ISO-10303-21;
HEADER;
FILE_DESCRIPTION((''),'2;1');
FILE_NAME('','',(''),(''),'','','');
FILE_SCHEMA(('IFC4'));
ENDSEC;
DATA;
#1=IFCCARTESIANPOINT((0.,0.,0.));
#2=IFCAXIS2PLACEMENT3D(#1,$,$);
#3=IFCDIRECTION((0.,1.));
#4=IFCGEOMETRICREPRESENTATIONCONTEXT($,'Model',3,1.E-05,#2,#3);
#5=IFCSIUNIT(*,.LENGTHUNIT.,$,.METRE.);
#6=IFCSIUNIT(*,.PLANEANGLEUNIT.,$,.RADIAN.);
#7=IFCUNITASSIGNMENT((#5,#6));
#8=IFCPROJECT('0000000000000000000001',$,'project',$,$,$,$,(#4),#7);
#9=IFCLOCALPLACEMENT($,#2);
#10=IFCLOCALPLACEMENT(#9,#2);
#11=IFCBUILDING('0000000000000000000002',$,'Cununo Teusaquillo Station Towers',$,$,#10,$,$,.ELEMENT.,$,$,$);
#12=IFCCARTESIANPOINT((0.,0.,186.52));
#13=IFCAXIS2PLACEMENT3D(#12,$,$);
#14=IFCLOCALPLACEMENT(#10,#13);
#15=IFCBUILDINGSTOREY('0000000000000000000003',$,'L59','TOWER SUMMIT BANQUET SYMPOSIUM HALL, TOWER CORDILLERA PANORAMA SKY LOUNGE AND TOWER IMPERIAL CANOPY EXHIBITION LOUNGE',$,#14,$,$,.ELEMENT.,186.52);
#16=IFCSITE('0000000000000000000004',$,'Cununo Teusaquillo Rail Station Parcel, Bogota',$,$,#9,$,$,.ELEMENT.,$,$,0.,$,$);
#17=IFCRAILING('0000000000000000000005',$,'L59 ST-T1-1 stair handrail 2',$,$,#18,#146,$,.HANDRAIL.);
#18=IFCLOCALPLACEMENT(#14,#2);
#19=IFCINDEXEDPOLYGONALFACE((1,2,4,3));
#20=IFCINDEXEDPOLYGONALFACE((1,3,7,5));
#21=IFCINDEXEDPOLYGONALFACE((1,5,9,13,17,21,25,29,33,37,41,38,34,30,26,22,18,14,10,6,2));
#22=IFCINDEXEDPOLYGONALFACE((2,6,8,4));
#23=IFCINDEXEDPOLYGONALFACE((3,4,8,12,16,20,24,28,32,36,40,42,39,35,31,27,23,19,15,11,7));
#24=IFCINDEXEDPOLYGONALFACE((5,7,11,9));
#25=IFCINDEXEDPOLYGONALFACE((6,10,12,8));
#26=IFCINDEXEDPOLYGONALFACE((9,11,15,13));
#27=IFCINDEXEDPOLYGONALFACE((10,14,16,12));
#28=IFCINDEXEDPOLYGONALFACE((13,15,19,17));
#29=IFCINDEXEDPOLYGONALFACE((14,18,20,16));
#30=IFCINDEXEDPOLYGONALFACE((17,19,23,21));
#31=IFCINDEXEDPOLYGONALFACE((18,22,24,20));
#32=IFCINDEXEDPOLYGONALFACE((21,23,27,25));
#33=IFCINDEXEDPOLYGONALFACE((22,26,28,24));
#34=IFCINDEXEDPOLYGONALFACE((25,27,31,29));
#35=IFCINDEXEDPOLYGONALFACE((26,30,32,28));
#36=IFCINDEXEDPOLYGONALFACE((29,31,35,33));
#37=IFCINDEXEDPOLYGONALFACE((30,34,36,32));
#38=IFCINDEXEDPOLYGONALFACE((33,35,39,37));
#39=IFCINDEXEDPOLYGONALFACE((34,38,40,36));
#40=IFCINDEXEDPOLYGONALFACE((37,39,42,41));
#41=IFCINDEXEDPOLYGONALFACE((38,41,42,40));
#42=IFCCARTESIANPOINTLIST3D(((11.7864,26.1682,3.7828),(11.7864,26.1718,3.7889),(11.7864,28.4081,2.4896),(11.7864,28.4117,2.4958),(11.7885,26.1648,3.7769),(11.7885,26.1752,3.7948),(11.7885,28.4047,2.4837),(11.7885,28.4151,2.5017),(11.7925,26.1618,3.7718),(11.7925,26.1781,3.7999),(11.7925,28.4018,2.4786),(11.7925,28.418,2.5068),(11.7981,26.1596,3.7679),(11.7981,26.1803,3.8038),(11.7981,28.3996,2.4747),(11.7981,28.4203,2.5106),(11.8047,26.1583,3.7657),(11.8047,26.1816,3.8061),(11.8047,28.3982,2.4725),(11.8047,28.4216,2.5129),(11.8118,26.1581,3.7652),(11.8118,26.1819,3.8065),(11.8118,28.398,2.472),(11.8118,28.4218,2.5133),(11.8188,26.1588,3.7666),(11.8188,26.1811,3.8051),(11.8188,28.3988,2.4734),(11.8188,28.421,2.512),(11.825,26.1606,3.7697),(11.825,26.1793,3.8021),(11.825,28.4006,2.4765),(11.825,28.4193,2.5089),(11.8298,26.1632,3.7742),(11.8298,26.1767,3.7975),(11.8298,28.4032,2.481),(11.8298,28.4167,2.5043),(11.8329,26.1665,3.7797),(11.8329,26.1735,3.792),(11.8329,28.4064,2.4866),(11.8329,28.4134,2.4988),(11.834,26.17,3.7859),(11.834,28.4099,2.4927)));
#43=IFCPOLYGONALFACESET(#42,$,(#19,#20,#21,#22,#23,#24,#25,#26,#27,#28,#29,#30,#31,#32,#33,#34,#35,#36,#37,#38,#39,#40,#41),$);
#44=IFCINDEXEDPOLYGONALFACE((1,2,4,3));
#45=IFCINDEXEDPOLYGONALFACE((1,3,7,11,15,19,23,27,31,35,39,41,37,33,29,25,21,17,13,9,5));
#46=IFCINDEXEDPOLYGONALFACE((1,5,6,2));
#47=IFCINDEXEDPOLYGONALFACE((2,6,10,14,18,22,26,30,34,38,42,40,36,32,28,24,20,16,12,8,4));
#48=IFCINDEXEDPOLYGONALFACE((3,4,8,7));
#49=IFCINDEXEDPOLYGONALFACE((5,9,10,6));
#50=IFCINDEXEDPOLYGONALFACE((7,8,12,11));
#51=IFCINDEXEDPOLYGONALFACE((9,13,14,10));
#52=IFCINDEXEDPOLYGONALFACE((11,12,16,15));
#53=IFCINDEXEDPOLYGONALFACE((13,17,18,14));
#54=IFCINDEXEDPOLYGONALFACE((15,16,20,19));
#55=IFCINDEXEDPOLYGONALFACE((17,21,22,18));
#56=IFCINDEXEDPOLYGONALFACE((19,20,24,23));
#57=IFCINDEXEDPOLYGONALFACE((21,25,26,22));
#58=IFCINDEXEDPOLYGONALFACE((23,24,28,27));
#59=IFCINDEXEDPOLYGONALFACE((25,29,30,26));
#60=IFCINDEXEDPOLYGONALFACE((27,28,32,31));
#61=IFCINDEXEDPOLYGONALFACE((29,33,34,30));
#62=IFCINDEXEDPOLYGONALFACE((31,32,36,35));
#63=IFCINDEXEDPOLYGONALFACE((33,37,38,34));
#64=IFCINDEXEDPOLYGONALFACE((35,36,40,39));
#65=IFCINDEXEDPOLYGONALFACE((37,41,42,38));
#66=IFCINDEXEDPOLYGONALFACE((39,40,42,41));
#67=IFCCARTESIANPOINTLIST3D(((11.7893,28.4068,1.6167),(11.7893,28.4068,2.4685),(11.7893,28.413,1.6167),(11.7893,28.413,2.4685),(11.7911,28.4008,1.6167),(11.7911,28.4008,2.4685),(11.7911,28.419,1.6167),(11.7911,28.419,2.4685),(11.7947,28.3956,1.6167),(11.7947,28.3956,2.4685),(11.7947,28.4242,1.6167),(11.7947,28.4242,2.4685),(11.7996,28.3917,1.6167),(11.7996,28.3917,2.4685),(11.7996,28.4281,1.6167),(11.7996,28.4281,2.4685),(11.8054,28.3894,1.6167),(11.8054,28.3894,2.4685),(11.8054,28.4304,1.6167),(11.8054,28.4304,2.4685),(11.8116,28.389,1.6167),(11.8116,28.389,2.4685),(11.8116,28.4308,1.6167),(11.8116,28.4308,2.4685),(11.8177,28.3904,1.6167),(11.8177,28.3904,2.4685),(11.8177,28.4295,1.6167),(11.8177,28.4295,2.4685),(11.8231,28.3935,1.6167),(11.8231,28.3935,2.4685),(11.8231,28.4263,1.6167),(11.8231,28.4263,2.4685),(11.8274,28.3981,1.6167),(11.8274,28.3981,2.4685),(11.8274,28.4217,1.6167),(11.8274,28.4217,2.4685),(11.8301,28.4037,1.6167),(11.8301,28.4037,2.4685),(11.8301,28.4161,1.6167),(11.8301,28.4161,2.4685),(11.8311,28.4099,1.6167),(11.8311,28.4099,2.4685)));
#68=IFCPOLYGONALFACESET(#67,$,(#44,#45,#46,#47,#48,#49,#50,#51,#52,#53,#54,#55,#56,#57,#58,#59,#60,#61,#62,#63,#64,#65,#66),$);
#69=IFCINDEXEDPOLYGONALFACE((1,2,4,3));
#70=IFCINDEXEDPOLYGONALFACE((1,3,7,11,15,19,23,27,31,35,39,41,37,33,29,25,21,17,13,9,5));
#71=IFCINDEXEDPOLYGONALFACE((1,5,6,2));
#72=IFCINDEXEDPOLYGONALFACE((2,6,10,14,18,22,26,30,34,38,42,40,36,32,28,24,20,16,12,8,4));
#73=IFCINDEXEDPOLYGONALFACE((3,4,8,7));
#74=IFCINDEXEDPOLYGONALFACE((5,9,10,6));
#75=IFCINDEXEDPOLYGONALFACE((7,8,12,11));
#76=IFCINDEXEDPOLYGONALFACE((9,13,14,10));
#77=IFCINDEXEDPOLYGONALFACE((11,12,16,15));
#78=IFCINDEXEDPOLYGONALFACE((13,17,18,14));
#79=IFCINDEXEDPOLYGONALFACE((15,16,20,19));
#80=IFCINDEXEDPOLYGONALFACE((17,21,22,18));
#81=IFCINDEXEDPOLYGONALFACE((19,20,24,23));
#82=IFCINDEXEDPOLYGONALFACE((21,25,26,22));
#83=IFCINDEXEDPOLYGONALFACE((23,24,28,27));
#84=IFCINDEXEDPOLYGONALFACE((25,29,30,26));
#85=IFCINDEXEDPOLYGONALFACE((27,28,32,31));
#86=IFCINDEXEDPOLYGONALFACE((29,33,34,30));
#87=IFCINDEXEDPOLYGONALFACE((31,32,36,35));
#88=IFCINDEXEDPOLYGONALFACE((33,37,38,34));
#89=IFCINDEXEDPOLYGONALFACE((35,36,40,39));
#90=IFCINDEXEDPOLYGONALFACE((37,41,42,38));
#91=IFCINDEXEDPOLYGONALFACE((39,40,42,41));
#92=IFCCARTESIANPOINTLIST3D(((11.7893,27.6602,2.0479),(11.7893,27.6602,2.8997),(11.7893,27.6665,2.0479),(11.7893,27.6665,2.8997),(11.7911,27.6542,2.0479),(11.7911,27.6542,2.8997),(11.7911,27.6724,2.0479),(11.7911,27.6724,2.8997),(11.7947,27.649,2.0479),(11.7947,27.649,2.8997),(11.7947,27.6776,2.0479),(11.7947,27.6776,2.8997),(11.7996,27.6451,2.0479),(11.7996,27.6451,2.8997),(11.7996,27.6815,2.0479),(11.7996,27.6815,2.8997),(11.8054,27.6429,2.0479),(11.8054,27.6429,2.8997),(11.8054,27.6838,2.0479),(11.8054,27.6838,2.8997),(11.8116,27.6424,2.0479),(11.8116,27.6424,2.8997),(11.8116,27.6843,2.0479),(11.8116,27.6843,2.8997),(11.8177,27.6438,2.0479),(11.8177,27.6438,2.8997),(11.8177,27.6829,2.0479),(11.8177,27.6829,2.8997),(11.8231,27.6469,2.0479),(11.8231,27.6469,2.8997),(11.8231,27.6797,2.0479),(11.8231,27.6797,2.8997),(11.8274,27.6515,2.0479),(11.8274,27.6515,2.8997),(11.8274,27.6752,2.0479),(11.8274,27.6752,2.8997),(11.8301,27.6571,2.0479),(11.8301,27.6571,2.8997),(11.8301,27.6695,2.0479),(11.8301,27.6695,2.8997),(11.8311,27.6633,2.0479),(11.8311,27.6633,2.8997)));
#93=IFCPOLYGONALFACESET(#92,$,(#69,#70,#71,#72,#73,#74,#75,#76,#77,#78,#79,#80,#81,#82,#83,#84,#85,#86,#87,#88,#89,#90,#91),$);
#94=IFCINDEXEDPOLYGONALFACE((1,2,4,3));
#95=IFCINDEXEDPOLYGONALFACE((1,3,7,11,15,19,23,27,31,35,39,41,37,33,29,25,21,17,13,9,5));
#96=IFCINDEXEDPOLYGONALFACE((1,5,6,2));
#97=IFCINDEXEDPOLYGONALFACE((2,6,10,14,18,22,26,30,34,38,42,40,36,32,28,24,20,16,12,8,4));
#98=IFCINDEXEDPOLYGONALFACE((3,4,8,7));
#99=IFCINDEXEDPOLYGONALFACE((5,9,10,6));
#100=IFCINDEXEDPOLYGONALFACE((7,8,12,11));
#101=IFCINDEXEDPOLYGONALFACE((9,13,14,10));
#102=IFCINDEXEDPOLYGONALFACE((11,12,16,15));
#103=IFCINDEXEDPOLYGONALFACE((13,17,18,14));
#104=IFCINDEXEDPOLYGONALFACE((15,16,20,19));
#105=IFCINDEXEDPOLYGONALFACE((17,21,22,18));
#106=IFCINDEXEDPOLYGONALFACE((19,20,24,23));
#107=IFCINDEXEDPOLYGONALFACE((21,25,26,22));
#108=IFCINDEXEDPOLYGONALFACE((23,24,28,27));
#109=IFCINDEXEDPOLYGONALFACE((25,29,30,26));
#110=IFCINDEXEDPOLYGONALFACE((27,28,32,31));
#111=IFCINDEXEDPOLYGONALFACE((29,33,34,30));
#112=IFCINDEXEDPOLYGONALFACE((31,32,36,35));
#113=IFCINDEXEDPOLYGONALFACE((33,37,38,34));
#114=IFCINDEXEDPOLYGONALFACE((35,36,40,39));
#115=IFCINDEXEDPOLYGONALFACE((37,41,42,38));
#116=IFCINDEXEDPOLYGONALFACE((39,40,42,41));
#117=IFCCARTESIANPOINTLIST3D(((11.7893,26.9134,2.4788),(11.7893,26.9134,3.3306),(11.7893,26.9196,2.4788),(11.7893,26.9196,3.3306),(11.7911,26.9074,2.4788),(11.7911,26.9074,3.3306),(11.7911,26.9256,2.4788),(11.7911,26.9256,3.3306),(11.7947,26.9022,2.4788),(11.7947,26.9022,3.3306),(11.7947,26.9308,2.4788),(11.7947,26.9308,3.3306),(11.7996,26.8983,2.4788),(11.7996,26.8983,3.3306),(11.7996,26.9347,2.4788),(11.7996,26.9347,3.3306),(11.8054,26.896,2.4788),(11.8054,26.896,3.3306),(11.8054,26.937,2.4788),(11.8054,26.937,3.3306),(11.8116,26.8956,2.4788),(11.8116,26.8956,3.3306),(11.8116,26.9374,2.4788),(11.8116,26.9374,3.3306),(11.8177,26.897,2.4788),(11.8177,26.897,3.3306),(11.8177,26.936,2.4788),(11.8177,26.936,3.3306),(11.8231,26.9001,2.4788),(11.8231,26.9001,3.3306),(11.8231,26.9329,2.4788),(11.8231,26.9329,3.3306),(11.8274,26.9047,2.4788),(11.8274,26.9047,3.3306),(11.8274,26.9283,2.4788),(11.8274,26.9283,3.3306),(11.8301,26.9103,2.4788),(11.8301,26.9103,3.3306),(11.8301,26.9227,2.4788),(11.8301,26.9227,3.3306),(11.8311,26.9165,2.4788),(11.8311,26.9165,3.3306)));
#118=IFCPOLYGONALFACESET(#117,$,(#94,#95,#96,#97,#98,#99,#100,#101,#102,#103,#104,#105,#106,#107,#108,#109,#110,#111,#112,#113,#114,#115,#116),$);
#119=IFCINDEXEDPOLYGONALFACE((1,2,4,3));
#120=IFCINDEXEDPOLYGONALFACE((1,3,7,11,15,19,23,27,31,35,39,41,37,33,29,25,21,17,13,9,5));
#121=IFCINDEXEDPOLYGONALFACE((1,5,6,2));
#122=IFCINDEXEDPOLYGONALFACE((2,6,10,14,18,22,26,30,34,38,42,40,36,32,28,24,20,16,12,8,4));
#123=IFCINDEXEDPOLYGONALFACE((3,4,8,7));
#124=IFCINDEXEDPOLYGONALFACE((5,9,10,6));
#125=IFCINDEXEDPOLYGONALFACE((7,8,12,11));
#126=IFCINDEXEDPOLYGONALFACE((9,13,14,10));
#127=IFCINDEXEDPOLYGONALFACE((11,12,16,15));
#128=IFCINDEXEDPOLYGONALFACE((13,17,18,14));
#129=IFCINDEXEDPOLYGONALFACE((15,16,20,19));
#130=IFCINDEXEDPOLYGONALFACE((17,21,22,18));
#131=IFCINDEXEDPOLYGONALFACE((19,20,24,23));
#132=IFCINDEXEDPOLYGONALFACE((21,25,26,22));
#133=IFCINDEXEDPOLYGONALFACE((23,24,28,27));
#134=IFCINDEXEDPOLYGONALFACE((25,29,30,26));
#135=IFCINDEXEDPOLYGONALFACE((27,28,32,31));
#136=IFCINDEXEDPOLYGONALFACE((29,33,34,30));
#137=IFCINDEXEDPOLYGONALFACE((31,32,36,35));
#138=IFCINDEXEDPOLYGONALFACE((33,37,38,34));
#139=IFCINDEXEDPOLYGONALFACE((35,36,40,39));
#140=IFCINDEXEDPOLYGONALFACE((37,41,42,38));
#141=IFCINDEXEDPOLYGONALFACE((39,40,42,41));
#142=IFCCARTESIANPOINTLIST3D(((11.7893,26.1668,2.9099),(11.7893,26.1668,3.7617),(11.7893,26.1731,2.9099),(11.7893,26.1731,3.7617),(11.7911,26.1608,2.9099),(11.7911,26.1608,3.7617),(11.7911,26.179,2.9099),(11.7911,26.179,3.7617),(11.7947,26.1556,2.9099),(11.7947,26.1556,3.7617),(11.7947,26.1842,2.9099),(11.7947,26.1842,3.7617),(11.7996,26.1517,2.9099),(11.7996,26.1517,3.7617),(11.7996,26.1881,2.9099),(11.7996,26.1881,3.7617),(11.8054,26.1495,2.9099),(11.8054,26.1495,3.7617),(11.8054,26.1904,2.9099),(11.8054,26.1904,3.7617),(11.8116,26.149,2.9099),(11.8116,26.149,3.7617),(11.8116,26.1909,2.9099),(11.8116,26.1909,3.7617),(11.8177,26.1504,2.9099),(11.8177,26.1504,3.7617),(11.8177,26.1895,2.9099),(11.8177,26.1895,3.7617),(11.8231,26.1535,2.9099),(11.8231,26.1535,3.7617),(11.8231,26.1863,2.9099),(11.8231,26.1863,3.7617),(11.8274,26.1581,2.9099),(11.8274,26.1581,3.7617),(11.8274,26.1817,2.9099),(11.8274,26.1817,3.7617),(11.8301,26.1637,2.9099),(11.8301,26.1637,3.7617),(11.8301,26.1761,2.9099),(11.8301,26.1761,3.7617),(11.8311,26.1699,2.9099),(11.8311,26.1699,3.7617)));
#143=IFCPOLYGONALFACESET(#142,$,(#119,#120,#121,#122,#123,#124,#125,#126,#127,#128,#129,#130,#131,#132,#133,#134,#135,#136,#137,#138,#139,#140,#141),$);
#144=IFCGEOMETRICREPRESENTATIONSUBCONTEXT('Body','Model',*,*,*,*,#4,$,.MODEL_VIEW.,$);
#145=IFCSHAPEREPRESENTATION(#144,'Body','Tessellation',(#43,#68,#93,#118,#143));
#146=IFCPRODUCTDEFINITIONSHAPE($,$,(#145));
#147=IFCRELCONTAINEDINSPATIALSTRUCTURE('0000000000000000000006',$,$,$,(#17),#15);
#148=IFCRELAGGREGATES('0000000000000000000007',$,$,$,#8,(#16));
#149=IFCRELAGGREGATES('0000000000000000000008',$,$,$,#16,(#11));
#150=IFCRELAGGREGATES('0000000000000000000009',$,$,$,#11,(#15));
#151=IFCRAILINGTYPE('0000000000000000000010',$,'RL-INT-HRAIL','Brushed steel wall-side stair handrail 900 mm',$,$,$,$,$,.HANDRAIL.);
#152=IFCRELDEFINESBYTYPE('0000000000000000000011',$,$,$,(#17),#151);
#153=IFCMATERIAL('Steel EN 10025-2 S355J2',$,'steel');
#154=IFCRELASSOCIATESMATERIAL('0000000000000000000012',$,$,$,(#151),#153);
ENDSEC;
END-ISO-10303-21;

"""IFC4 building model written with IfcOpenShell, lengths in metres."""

from ifc_helpers import new_model, si_unit, direction, frame, origin, origin_2d, place, context, subcontext, project, spatial, circle, extrude, material, type_object, element, save


model = new_model("IFC4")

# Units and contexts
model_context = context("Model", 3, precision=1e-05, world=origin(), true_north=direction((0.0, 1.0)))
body_context = subcontext(model_context, "Body", "Model", "MODEL_VIEW")
ifc_project = project(units=[si_unit("LENGTHUNIT", "METRE"), si_unit("PLANEANGLEUNIT", "RADIAN")], contexts=[model_context])

# Site, building, storey
site_placement = place(None, origin())
site = spatial("IfcSite", under=ifc_project, at=site_placement, Name="Cununo Teusaquillo Rail Station Parcel, Bogota", CompositionType="ELEMENT", RefElevation=0.0)
building_placement = place(site_placement, origin())
building = spatial("IfcBuilding", under=site, at=building_placement, Name="Cununo Teusaquillo Station Towers", CompositionType="ELEMENT")
storey_placement = place(building_placement, frame((0.0, 0.0, 186.52)))
storey = spatial("IfcBuildingStorey", under=building, at=storey_placement, Name="L59", Description="TOWER SUMMIT BANQUET SYMPOSIUM HALL, TOWER CORDILLERA PANORAMA SKY LOUNGE AND TOWER IMPERIAL CANOPY EXHIBITION LOUNGE", CompositionType="ELEMENT", Elevation=186.52)

# Railing
ifc_material_1 = material(Name="Steel EN 10025-2 S355J2", Category="steel")
railing_type_1 = type_object("IfcRailingType", Name="RL-INT-HRAIL", Description="Brushed steel wall-side stair handrail 900 mm", PredefinedType="HANDRAIL", material=ifc_material_1)
railing_1_placement = place(storey_placement, frame((11.8101, 28.4099, 1.6167)))
element("IfcRailing", 1, at=railing_1_placement, inside=storey, type_object=railing_type_1, Name="L59 ST-T1-1 stair handrail 2", PredefinedType="HANDRAIL", context=body_context, shape_type="SweptSolid", body=[
    extrude(circle(Radius=0.0239, at=origin_2d()), frame((0.0, 0.0, 0.876), z_axis=(0.0, -0.866033, 0.499987), x_axis=(1.0, 0.0, 0.0)), (0.0, 0.0, 1.0), 2.5864),
    extrude(circle(Radius=0.021, at=origin_2d()), origin(), (0.0, 0.0, 1.0), 0.8518),
    extrude(circle(Radius=0.021, at=origin_2d()), frame((0.0, -0.7466, 0.4312)), (0.0, 0.0, 1.0), 0.8518),
    extrude(circle(Radius=0.021, at=origin_2d()), frame((0.0, -1.4934, 0.8621)), (0.0, 0.0, 1.0), 0.8518),
    extrude(circle(Radius=0.021, at=origin_2d()), frame((0.0, -2.24, 1.2932)), (0.0, 0.0, 1.0), 0.8518),
])

save(model, "model.ifc")
